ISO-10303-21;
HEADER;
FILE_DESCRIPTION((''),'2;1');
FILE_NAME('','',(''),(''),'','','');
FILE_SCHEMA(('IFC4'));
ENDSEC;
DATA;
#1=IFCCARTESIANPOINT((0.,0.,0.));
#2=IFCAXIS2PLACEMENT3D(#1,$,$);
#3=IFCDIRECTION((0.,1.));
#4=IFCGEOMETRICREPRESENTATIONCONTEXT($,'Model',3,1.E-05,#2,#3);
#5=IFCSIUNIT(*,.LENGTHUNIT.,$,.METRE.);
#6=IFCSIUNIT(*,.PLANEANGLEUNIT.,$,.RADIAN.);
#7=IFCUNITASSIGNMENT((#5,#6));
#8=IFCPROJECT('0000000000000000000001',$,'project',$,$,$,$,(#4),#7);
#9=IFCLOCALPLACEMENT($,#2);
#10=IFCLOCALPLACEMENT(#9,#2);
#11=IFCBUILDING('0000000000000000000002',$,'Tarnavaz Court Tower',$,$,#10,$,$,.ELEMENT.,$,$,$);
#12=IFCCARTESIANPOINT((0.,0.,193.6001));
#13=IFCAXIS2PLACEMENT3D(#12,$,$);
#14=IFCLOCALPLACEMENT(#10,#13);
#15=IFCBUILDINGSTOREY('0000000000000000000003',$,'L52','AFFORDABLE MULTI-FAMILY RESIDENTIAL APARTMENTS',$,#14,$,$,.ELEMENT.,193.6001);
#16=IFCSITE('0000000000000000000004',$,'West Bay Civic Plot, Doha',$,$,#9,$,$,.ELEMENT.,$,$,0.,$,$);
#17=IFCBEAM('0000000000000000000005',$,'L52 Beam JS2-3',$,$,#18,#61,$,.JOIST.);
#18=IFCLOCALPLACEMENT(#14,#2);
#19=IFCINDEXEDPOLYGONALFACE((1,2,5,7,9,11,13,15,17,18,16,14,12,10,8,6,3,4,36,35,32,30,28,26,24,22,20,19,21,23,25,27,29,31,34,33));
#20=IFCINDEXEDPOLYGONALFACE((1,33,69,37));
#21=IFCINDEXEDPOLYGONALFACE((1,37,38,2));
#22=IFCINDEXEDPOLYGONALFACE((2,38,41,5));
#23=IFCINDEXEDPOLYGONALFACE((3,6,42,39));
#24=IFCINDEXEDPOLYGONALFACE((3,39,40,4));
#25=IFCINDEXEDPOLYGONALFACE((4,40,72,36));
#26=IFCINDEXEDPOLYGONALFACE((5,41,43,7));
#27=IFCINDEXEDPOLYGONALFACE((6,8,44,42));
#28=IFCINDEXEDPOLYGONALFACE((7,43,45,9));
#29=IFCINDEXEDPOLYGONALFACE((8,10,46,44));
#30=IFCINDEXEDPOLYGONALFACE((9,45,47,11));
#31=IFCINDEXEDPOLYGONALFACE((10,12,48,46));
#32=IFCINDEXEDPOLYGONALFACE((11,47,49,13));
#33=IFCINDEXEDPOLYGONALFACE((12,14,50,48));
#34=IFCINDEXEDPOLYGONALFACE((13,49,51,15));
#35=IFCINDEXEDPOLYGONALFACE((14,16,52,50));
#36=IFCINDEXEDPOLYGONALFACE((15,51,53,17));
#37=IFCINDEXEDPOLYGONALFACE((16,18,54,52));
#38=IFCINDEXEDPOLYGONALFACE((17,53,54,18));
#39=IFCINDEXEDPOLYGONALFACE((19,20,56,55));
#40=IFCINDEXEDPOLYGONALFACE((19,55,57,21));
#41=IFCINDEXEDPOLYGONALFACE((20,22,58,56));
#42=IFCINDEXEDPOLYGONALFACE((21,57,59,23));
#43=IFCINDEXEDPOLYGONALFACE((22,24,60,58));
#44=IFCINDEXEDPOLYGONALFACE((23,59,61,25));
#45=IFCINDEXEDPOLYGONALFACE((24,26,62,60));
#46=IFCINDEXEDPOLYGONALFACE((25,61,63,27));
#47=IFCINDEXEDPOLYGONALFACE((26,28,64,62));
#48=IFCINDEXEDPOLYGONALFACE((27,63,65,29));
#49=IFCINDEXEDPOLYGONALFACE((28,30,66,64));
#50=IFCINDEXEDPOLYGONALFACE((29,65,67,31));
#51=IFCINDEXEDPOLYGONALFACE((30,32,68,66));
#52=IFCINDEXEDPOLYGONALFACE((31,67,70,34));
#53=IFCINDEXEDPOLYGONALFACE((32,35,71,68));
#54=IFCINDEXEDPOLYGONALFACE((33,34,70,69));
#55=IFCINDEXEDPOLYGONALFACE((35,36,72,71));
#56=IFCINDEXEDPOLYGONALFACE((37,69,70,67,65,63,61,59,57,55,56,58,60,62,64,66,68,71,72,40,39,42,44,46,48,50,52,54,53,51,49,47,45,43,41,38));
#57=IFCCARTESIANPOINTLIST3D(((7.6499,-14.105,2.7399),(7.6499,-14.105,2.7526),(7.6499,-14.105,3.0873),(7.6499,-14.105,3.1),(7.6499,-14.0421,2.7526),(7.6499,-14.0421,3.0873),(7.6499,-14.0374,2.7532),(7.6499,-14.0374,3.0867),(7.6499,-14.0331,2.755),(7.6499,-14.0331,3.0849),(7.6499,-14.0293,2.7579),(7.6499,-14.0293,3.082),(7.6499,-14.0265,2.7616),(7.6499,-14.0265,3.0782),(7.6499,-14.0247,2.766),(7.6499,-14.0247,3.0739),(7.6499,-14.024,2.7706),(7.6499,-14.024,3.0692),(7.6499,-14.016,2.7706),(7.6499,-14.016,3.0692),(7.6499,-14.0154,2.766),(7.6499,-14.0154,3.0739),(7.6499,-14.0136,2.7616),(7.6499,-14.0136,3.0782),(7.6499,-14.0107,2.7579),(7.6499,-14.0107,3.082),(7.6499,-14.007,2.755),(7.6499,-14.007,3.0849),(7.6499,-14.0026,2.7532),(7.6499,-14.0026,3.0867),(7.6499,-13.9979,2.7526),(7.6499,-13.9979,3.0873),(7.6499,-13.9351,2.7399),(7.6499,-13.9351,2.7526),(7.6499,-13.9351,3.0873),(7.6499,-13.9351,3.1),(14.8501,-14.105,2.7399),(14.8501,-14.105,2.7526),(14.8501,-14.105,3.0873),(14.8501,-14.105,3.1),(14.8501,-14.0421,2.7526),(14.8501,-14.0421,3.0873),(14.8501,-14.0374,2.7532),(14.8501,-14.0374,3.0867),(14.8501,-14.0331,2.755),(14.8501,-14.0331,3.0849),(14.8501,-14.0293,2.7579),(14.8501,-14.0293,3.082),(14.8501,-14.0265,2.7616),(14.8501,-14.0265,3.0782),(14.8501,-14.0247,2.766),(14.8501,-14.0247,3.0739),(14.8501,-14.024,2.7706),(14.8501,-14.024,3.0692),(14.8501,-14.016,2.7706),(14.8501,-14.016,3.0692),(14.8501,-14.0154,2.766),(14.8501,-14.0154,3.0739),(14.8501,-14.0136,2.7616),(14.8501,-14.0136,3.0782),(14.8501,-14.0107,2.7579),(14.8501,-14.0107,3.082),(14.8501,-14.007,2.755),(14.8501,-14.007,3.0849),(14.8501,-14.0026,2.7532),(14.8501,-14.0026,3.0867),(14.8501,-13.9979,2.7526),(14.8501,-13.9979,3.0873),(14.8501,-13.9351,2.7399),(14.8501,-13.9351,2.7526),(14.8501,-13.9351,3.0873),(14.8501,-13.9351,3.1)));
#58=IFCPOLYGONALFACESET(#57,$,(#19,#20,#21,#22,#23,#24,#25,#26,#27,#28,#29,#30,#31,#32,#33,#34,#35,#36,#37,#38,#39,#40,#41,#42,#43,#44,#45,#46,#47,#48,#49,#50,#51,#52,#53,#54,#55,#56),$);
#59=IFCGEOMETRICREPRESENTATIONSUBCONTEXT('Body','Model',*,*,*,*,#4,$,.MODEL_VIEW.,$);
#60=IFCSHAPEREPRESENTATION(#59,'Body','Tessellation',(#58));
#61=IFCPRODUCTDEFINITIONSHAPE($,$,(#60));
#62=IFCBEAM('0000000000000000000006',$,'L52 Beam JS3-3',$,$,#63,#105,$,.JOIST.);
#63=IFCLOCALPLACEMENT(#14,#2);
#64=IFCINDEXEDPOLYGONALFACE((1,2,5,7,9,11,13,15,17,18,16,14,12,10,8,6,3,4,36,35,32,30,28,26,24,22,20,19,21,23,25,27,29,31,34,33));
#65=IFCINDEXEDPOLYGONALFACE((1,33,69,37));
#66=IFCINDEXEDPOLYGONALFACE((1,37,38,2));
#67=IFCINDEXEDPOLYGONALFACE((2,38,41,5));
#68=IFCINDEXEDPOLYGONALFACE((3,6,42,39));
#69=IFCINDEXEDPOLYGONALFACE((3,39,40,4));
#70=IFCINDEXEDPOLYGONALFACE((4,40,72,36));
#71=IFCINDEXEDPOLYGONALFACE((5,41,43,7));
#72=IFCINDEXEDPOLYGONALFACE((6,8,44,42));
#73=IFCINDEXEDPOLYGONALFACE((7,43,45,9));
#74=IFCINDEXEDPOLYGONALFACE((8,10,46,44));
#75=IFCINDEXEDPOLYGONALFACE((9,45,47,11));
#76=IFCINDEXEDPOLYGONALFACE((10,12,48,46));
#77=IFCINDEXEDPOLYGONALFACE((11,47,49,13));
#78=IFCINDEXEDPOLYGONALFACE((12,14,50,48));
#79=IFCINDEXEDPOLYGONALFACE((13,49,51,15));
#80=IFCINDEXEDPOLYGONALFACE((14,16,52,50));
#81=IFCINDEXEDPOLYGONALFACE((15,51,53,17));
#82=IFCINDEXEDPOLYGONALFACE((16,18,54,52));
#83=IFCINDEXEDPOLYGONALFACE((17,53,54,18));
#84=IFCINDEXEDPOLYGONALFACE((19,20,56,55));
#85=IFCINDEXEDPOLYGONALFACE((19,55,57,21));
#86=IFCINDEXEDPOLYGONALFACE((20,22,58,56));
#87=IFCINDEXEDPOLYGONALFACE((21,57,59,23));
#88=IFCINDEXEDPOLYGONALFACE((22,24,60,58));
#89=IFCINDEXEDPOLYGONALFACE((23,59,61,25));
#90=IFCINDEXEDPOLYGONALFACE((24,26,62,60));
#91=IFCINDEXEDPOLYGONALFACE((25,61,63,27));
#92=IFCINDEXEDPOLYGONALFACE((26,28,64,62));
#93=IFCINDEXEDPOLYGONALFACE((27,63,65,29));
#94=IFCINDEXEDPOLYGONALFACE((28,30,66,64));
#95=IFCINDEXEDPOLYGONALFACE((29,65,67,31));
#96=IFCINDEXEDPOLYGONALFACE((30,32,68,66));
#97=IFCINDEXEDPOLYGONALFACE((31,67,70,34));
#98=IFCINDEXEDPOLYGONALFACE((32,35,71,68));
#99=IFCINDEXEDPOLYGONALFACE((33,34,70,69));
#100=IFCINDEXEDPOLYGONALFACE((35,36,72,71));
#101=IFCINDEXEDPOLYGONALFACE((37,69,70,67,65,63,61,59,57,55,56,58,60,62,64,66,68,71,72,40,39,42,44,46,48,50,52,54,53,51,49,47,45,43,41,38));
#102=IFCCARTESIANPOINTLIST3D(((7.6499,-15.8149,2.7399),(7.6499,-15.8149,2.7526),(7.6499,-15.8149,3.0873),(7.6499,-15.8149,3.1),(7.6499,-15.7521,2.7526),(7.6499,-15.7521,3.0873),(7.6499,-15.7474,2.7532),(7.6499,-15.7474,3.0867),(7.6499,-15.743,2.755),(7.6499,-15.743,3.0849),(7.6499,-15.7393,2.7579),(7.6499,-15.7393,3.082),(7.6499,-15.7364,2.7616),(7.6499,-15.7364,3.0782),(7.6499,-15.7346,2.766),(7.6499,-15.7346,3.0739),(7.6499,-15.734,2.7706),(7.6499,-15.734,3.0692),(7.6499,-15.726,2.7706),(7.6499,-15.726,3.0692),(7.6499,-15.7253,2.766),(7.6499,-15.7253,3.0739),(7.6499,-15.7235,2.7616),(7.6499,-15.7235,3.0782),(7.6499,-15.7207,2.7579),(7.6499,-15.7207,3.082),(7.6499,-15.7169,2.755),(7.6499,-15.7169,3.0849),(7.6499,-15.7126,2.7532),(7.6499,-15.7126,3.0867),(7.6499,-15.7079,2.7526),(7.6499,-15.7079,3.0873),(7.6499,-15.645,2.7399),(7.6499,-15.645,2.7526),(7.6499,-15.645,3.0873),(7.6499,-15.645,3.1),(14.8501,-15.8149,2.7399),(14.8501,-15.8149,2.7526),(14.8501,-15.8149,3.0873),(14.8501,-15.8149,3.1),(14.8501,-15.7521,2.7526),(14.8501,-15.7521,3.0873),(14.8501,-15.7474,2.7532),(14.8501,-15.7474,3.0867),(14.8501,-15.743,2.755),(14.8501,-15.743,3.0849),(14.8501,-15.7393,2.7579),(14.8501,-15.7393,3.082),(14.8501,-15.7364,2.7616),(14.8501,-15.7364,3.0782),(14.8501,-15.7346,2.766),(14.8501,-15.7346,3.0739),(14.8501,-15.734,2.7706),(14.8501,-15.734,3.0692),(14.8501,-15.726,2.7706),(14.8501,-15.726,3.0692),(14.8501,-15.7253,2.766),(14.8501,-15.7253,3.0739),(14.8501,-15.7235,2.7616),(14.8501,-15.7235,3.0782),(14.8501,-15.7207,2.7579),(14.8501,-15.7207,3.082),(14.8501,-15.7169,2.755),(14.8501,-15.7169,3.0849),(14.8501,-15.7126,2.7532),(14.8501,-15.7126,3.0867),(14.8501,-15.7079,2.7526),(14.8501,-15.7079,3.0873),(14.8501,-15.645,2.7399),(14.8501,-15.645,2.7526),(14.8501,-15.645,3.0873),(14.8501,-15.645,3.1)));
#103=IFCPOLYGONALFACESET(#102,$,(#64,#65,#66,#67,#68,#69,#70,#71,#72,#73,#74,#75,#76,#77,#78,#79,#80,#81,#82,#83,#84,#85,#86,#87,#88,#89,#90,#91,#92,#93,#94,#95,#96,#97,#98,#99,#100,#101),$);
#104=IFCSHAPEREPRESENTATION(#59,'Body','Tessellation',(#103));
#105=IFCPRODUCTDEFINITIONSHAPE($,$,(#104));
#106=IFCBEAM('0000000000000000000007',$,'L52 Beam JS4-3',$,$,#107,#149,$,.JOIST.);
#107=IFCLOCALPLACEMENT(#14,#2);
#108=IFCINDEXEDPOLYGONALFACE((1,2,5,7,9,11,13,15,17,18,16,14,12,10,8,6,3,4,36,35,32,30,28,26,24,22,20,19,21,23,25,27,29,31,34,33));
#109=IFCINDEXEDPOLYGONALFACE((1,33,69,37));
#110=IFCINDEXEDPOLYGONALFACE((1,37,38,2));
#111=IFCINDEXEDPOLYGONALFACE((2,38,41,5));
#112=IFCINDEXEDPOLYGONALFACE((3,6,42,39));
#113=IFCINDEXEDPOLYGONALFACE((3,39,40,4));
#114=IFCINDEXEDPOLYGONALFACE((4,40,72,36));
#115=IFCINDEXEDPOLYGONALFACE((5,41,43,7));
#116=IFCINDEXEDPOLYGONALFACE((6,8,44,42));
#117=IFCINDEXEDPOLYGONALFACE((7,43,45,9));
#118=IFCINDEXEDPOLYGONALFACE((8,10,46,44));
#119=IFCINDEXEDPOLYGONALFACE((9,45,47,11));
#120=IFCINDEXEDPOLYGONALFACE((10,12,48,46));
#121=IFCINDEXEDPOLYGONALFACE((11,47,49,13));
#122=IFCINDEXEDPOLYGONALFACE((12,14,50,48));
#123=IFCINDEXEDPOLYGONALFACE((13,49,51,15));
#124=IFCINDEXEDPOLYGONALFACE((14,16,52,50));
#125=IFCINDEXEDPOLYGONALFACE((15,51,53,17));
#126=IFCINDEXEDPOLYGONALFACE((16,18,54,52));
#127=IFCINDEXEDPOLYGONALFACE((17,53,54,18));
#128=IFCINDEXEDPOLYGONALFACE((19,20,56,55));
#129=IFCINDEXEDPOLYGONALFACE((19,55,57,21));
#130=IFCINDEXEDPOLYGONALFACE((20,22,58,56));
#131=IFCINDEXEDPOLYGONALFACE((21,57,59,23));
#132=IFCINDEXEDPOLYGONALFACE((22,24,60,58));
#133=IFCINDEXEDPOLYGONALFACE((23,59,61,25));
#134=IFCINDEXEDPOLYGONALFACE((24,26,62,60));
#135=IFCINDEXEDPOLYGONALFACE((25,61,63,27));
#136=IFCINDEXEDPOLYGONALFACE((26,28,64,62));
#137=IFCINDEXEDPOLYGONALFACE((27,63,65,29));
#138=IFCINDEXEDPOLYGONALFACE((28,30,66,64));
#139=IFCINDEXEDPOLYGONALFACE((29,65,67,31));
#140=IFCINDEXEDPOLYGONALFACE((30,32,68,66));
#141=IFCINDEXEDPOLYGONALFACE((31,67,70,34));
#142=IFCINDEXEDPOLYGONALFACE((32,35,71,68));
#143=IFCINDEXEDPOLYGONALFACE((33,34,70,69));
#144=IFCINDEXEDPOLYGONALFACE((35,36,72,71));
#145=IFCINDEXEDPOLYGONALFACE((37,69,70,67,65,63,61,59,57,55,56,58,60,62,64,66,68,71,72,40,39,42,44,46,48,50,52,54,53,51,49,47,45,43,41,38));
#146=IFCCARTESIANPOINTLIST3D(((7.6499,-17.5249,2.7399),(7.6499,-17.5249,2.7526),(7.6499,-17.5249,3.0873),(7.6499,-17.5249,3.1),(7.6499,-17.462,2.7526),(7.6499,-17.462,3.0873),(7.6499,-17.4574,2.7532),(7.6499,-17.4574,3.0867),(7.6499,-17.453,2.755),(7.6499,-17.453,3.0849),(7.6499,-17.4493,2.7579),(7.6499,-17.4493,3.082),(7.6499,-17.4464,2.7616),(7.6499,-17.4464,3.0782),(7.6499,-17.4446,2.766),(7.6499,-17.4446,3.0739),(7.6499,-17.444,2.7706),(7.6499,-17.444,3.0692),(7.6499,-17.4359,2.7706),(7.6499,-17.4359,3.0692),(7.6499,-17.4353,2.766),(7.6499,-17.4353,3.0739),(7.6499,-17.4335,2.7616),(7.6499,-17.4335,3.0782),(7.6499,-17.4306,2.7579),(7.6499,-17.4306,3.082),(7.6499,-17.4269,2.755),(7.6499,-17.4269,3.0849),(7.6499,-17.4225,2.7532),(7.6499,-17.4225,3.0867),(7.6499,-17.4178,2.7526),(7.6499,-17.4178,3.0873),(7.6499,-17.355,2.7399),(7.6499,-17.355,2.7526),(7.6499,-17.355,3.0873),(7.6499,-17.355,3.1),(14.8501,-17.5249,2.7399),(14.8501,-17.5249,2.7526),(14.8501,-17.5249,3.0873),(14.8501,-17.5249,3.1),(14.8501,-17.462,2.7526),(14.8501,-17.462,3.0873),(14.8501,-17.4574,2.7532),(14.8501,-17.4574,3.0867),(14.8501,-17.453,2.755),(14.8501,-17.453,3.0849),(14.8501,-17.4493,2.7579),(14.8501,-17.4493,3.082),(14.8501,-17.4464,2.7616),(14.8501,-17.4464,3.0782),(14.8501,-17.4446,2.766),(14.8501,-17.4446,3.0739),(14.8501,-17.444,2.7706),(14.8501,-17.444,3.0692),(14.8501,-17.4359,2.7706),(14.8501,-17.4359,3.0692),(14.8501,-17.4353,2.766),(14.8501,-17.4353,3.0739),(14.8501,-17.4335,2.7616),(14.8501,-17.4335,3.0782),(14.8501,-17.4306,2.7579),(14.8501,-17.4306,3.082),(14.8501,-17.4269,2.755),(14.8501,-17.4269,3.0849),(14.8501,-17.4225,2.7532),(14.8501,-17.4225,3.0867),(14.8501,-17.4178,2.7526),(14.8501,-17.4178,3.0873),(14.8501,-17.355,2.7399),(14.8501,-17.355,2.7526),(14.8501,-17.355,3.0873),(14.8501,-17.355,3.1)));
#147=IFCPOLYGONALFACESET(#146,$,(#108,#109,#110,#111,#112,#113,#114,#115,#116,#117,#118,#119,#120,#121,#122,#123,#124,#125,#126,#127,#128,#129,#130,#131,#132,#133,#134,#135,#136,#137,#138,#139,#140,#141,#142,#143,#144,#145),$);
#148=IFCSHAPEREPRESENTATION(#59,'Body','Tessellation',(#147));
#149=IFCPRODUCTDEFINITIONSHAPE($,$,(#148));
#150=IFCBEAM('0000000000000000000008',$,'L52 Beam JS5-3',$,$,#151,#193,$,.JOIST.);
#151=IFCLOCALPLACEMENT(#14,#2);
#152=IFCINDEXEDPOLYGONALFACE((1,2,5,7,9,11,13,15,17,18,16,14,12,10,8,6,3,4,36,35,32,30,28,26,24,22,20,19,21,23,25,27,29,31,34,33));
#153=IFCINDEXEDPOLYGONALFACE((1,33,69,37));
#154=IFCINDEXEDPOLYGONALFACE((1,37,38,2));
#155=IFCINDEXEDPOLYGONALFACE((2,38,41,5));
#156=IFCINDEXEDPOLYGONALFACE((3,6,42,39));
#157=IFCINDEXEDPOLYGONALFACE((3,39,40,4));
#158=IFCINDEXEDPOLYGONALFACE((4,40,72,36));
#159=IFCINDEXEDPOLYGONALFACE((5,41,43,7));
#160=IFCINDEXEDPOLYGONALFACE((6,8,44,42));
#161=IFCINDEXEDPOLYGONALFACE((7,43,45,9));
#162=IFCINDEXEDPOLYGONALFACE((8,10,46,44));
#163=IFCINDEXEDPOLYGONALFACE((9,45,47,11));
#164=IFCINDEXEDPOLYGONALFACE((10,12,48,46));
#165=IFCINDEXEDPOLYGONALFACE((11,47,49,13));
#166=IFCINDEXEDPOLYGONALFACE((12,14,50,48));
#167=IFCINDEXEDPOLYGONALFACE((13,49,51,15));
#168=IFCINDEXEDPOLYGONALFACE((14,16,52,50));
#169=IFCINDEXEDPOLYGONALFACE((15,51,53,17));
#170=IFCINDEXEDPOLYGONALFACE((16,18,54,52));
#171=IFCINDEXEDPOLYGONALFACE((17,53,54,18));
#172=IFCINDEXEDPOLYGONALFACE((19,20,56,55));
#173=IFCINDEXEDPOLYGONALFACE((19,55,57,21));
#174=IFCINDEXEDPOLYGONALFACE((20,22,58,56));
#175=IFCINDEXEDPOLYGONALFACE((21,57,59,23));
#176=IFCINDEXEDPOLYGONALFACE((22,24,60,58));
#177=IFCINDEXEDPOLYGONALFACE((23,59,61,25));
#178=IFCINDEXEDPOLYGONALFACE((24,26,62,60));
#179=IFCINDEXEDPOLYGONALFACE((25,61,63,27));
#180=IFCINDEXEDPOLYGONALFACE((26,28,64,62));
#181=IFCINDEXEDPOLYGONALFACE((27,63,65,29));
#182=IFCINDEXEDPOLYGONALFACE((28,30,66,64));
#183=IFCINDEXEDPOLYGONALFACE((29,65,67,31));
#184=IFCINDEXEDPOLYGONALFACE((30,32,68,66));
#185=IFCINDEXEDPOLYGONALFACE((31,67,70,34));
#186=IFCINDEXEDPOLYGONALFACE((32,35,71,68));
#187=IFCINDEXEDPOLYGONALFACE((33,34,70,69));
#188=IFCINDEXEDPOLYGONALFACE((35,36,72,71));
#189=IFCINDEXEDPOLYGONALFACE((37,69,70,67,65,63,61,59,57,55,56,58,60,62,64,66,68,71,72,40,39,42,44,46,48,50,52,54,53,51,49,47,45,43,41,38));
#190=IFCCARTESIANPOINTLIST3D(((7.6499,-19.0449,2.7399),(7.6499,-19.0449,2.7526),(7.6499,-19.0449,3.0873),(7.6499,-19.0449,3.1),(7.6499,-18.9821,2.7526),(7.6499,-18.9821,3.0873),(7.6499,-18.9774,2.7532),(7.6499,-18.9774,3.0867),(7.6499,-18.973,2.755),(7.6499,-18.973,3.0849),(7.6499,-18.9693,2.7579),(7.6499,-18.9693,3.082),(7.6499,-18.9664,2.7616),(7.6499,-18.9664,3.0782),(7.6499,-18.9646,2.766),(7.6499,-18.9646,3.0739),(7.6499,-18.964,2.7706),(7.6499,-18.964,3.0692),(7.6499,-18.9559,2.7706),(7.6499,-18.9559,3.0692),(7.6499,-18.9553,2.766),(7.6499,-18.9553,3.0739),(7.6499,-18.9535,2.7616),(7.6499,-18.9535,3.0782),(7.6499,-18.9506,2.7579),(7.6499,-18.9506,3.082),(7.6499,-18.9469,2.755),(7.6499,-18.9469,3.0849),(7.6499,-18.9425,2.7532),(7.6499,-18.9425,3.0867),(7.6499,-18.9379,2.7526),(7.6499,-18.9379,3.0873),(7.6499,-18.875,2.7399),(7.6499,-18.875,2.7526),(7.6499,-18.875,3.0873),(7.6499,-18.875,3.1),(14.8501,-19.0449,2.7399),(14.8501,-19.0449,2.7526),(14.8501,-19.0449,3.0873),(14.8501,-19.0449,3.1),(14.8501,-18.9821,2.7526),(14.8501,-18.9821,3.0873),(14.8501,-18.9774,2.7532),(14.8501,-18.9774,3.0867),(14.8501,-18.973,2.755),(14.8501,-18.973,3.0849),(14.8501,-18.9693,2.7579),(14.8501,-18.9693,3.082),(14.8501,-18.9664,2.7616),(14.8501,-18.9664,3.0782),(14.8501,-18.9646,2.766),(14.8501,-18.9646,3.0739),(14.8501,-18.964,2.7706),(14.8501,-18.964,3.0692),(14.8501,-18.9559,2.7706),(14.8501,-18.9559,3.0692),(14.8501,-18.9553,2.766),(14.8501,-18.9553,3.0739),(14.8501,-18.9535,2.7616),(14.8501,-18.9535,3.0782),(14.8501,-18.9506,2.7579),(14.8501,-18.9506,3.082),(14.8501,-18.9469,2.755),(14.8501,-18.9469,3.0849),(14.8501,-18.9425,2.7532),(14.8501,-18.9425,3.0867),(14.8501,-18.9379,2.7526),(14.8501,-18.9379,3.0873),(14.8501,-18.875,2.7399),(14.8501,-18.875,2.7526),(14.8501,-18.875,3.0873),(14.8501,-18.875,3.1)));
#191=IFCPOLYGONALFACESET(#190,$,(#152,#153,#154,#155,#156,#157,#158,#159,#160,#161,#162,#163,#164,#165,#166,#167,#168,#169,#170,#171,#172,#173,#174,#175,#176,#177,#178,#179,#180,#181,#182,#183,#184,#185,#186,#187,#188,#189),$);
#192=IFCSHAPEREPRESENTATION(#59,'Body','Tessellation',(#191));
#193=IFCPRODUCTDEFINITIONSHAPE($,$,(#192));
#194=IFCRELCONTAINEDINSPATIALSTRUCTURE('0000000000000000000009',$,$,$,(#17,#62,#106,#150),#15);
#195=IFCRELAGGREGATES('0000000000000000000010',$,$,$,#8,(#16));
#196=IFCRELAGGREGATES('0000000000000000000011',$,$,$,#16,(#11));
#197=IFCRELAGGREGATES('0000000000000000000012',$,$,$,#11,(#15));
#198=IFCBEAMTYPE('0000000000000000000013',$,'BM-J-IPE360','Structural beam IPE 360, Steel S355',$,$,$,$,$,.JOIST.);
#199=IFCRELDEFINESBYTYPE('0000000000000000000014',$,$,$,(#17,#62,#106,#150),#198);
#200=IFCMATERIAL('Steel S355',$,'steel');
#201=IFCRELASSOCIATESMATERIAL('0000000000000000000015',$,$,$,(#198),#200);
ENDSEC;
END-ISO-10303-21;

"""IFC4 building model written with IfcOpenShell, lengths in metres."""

from ifc_helpers import new_model, si_unit, direction, frame, origin, origin_2d, place, context, subcontext, project, spatial, i_section, extrude, material, material_profile, profile_set, type_object, element, save


model = new_model("IFC4")

# Units and contexts
model_context = context("Model", 3, precision=1e-05, world=origin(), true_north=direction((0.0, 1.0)))
body_context = subcontext(model_context, "Body", "Model", "MODEL_VIEW")
ifc_project = project(units=[si_unit("LENGTHUNIT", "METRE"), si_unit("PLANEANGLEUNIT", "RADIAN")], contexts=[model_context])

# Site, building, storey
site_placement = place(None, origin())
site = spatial("IfcSite", under=ifc_project, at=site_placement, Name="West Bay Civic Plot, Doha", CompositionType="ELEMENT", RefElevation=0.0)
building_placement = place(site_placement, origin())
building = spatial("IfcBuilding", under=site, at=building_placement, Name="Tarnavaz Court Tower", CompositionType="ELEMENT")
storey_placement = place(building_placement, frame((0.0, 0.0, 193.6001)))
storey = spatial("IfcBuildingStorey", under=building, at=storey_placement, Name="L52", Description="AFFORDABLE MULTI-FAMILY RESIDENTIAL APARTMENTS", CompositionType="ELEMENT", Elevation=193.6001)

# Beams
ifc_material_1 = material(Name="Steel S355", Category="steel")
ifc_material_profile_1 = material_profile(ifc_material_1, i_section(OverallWidth=0.1699, OverallDepth=0.3601, WebThickness=0.0081, FlangeThickness=0.0127, FilletRadius=0.0181, at=origin_2d()), Name="IPE 360")
ifc_profile_set_1 = profile_set([ifc_material_profile_1], Name="Steel S355")
beam_type_1 = type_object("IfcBeamType", Name="BM-J-IPE360", Description="Structural beam IPE 360, Steel S355", PredefinedType="JOIST", material=ifc_profile_set_1)
for number, where, z_axis, x_axis, name in (
    (1, (7.6499, -14.02, 2.9199), (1.0, 0.0, 0.0), (0.0, 1.0, 0.0), "L52 Beam JS2-3"),
    (2, (7.6499, -15.73, 2.9199), (1.0, 0.0, 0.0), (0.0, 1.0, 0.0), "L52 Beam JS3-3"),
    (3, (7.6499, -17.4399, 2.9199), (1.0, 0.0, 0.0), (0.0, 1.0, 0.0), "L52 Beam JS4-3"),
    (4, (7.6499, -18.96, 2.9199), (1.0, 0.0, 0.0), (0.0, 1.0, 0.0), "L52 Beam JS5-3"),
):
    element("IfcBeam", number, at=place(storey_placement, frame(where, z_axis=z_axis, x_axis=x_axis)), inside=storey, type_object=beam_type_1, Name=name, PredefinedType="JOIST", context=body_context, shape_type="SweptSolid", body=[
        extrude(i_section(OverallWidth=0.1699, OverallDepth=0.3601, WebThickness=0.0081, FlangeThickness=0.0127, FilletRadius=0.0181, at=origin_2d()), origin(), (0.0, 0.0, 1.0), 7.2002),
    ])

save(model, "model.ifc")
